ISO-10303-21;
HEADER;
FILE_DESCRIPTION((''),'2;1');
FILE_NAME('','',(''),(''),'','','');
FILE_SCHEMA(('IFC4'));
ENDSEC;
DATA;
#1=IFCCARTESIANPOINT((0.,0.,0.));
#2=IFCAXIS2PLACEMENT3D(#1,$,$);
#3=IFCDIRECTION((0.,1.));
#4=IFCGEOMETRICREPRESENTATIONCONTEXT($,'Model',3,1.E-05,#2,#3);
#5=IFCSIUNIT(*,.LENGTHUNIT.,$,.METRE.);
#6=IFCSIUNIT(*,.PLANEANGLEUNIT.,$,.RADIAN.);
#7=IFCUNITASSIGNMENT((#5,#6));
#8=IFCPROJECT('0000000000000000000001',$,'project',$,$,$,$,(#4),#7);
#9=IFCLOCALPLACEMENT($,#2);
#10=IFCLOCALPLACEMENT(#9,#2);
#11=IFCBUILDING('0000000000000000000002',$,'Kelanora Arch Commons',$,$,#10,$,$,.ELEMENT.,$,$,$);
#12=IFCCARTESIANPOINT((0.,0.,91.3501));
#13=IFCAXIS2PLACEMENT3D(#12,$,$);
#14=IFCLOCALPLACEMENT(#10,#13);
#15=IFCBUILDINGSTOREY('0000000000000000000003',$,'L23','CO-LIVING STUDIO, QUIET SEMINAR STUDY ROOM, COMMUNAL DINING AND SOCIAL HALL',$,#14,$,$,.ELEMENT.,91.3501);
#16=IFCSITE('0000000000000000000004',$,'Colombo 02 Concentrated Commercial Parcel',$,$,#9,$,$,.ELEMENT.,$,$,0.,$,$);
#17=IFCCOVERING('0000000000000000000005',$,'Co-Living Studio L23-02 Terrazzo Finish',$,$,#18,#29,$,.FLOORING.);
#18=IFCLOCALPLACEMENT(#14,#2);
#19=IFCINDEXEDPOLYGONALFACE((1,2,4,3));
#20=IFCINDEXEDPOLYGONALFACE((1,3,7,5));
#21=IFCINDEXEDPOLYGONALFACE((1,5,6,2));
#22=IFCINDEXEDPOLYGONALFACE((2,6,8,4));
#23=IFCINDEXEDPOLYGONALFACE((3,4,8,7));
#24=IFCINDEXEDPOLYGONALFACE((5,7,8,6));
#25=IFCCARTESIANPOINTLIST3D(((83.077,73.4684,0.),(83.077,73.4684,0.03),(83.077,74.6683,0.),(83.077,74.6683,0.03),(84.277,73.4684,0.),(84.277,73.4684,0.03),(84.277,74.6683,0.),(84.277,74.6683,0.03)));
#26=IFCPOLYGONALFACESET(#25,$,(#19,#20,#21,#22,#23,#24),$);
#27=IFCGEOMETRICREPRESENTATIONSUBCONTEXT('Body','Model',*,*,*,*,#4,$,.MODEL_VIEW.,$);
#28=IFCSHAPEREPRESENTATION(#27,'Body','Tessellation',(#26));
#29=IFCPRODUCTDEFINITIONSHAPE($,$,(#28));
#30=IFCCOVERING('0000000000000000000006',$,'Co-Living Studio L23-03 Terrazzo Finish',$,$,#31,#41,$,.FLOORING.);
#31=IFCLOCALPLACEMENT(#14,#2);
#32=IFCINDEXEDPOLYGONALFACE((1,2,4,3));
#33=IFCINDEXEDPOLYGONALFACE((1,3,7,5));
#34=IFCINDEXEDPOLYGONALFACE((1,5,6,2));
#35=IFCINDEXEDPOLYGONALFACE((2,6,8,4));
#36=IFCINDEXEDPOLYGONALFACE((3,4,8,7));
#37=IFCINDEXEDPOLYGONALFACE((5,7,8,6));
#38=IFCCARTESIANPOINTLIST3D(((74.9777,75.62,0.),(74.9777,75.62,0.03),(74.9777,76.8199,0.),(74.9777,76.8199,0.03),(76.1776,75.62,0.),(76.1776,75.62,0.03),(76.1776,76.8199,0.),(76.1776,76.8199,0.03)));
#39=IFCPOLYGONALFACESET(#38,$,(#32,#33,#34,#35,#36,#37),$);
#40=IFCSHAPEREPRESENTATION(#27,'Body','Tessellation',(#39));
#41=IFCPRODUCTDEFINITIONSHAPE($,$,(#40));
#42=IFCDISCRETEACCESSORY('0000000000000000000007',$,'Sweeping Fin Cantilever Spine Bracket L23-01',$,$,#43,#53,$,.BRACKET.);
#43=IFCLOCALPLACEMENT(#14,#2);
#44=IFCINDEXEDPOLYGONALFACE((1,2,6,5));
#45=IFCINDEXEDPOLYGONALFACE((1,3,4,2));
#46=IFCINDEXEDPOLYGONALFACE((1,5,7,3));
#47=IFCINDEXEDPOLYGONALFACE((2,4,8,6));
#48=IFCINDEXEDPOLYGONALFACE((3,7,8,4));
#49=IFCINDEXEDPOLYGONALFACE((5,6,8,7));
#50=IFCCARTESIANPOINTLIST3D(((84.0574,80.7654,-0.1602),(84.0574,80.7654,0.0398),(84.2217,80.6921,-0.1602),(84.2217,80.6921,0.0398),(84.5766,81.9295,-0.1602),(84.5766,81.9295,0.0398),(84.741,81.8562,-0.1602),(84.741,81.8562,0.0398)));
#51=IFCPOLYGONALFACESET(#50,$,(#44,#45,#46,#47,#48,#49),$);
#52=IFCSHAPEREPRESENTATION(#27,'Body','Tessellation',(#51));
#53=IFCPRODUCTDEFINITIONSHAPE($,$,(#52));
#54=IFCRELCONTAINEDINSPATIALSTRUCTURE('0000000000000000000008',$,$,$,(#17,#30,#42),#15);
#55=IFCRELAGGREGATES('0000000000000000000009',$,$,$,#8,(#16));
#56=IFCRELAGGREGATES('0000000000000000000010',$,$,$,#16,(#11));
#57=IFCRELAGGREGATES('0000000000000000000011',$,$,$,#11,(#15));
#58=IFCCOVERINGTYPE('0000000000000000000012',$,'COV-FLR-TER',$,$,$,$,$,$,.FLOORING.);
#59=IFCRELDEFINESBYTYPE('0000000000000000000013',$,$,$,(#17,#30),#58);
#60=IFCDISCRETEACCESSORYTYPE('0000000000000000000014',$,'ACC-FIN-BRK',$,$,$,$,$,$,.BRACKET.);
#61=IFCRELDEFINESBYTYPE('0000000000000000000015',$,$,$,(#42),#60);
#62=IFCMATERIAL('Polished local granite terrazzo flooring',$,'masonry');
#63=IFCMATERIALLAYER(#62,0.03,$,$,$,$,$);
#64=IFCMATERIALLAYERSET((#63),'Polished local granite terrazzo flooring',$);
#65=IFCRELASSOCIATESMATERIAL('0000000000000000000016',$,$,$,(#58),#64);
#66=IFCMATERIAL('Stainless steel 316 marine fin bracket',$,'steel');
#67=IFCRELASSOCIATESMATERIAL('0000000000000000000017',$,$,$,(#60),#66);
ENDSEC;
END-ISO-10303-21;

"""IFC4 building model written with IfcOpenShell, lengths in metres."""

from ifc_helpers import new_model, si_unit, direction, frame, origin, origin_2d, place, context, subcontext, project, spatial, rectangle, extrude, source, transform, mapped, material, layer, layer_set, type_object, element, save


model = new_model("IFC4")

# Units and contexts
model_context = context("Model", 3, precision=1e-05, world=origin(), true_north=direction((0.0, 1.0)))
body_context = subcontext(model_context, "Body", "Model", "MODEL_VIEW")
ifc_project = project(units=[si_unit("LENGTHUNIT", "METRE"), si_unit("PLANEANGLEUNIT", "RADIAN")], contexts=[model_context])

# Site, building, storey
site_placement = place(None, origin())
site = spatial("IfcSite", under=ifc_project, at=site_placement, Name="Colombo 02 Concentrated Commercial Parcel", CompositionType="ELEMENT", RefElevation=0.0)
building_placement = place(site_placement, origin())
building = spatial("IfcBuilding", under=site, at=building_placement, Name="Kelanora Arch Commons", CompositionType="ELEMENT")
storey_placement = place(building_placement, frame((0.0, 0.0, 91.3501)))
storey = spatial("IfcBuildingStorey", under=building, at=storey_placement, Name="L23", Description="CO-LIVING STUDIO, QUIET SEMINAR STUDY ROOM, COMMUNAL DINING AND SOCIAL HALL", CompositionType="ELEMENT", Elevation=91.3501)

# Coverings
ifc_material_1 = material(Name="Polished local granite terrazzo flooring", Category="masonry")
ifc_layer_1 = layer(ifc_material_1, 0.03)
ifc_layer_set_1 = layer_set([ifc_layer_1], Name="Polished local granite terrazzo flooring")
covering_type = type_object("IfcCoveringType", Name="COV-FLR-TER", PredefinedType="FLOORING", material=ifc_layer_set_1)
shared_shape_1 = source(origin(), body_context, "Body", "SweptSolid", [
    extrude(rectangle(XDim=1.2, YDim=1.2, at=origin_2d()), origin(), (0.0, 0.0, 1.0), 0.03),
])
for number, where, z_axis, x_axis, name in (
    (1, (83.677, 74.0684, 0.0), (0.0, 0.0, 1.0), (1.0, 0.0, 0.0), "Co-Living Studio L23-02 Terrazzo Finish"),
    (2, (75.5776, 76.22, 0.0), (0.0, 0.0, 1.0), (1.0, 0.0, 0.0), "Co-Living Studio L23-03 Terrazzo Finish"),
):
    element("IfcCovering", number, at=place(storey_placement, frame(where, z_axis=z_axis, x_axis=x_axis)), inside=storey, type_object=covering_type, Name=name, PredefinedType="FLOORING", context=body_context, shape_type="MappedRepresentation", body=[
        mapped(shared_shape_1, transform((0.0, 0.0, 0.0), scale=1.0)),
    ])

# Discrete accessory
ifc_material_2 = material(Name="Stainless steel 316 marine fin bracket", Category="steel")
discrete_accessory_type = type_object("IfcDiscreteAccessoryType", Name="ACC-FIN-BRK", PredefinedType="BRACKET", material=ifc_material_2)
shared_shape_2 = source(origin(), body_context, "Body", "SweptSolid", [
    extrude(rectangle(XDim=1.2747, YDim=0.1799, at=origin_2d()), origin(), (0.0, 0.0, 1.0), 0.2),
])
discrete_accessory_placement = place(storey_placement, frame((84.3992, 81.3108, -0.1602), z_axis=(0.0, 0.0, 1.0), x_axis=(0.407374, 0.913261, 0.0)))
element("IfcDiscreteAccessory", 3, at=discrete_accessory_placement, inside=storey, type_object=discrete_accessory_type, Name="Sweeping Fin Cantilever Spine Bracket L23-01", PredefinedType="BRACKET", context=body_context, shape_type="MappedRepresentation", body=[
    mapped(shared_shape_2, transform((0.0, 0.0, 0.0), scale=1.0)),
])

save(model, "model.ifc")
